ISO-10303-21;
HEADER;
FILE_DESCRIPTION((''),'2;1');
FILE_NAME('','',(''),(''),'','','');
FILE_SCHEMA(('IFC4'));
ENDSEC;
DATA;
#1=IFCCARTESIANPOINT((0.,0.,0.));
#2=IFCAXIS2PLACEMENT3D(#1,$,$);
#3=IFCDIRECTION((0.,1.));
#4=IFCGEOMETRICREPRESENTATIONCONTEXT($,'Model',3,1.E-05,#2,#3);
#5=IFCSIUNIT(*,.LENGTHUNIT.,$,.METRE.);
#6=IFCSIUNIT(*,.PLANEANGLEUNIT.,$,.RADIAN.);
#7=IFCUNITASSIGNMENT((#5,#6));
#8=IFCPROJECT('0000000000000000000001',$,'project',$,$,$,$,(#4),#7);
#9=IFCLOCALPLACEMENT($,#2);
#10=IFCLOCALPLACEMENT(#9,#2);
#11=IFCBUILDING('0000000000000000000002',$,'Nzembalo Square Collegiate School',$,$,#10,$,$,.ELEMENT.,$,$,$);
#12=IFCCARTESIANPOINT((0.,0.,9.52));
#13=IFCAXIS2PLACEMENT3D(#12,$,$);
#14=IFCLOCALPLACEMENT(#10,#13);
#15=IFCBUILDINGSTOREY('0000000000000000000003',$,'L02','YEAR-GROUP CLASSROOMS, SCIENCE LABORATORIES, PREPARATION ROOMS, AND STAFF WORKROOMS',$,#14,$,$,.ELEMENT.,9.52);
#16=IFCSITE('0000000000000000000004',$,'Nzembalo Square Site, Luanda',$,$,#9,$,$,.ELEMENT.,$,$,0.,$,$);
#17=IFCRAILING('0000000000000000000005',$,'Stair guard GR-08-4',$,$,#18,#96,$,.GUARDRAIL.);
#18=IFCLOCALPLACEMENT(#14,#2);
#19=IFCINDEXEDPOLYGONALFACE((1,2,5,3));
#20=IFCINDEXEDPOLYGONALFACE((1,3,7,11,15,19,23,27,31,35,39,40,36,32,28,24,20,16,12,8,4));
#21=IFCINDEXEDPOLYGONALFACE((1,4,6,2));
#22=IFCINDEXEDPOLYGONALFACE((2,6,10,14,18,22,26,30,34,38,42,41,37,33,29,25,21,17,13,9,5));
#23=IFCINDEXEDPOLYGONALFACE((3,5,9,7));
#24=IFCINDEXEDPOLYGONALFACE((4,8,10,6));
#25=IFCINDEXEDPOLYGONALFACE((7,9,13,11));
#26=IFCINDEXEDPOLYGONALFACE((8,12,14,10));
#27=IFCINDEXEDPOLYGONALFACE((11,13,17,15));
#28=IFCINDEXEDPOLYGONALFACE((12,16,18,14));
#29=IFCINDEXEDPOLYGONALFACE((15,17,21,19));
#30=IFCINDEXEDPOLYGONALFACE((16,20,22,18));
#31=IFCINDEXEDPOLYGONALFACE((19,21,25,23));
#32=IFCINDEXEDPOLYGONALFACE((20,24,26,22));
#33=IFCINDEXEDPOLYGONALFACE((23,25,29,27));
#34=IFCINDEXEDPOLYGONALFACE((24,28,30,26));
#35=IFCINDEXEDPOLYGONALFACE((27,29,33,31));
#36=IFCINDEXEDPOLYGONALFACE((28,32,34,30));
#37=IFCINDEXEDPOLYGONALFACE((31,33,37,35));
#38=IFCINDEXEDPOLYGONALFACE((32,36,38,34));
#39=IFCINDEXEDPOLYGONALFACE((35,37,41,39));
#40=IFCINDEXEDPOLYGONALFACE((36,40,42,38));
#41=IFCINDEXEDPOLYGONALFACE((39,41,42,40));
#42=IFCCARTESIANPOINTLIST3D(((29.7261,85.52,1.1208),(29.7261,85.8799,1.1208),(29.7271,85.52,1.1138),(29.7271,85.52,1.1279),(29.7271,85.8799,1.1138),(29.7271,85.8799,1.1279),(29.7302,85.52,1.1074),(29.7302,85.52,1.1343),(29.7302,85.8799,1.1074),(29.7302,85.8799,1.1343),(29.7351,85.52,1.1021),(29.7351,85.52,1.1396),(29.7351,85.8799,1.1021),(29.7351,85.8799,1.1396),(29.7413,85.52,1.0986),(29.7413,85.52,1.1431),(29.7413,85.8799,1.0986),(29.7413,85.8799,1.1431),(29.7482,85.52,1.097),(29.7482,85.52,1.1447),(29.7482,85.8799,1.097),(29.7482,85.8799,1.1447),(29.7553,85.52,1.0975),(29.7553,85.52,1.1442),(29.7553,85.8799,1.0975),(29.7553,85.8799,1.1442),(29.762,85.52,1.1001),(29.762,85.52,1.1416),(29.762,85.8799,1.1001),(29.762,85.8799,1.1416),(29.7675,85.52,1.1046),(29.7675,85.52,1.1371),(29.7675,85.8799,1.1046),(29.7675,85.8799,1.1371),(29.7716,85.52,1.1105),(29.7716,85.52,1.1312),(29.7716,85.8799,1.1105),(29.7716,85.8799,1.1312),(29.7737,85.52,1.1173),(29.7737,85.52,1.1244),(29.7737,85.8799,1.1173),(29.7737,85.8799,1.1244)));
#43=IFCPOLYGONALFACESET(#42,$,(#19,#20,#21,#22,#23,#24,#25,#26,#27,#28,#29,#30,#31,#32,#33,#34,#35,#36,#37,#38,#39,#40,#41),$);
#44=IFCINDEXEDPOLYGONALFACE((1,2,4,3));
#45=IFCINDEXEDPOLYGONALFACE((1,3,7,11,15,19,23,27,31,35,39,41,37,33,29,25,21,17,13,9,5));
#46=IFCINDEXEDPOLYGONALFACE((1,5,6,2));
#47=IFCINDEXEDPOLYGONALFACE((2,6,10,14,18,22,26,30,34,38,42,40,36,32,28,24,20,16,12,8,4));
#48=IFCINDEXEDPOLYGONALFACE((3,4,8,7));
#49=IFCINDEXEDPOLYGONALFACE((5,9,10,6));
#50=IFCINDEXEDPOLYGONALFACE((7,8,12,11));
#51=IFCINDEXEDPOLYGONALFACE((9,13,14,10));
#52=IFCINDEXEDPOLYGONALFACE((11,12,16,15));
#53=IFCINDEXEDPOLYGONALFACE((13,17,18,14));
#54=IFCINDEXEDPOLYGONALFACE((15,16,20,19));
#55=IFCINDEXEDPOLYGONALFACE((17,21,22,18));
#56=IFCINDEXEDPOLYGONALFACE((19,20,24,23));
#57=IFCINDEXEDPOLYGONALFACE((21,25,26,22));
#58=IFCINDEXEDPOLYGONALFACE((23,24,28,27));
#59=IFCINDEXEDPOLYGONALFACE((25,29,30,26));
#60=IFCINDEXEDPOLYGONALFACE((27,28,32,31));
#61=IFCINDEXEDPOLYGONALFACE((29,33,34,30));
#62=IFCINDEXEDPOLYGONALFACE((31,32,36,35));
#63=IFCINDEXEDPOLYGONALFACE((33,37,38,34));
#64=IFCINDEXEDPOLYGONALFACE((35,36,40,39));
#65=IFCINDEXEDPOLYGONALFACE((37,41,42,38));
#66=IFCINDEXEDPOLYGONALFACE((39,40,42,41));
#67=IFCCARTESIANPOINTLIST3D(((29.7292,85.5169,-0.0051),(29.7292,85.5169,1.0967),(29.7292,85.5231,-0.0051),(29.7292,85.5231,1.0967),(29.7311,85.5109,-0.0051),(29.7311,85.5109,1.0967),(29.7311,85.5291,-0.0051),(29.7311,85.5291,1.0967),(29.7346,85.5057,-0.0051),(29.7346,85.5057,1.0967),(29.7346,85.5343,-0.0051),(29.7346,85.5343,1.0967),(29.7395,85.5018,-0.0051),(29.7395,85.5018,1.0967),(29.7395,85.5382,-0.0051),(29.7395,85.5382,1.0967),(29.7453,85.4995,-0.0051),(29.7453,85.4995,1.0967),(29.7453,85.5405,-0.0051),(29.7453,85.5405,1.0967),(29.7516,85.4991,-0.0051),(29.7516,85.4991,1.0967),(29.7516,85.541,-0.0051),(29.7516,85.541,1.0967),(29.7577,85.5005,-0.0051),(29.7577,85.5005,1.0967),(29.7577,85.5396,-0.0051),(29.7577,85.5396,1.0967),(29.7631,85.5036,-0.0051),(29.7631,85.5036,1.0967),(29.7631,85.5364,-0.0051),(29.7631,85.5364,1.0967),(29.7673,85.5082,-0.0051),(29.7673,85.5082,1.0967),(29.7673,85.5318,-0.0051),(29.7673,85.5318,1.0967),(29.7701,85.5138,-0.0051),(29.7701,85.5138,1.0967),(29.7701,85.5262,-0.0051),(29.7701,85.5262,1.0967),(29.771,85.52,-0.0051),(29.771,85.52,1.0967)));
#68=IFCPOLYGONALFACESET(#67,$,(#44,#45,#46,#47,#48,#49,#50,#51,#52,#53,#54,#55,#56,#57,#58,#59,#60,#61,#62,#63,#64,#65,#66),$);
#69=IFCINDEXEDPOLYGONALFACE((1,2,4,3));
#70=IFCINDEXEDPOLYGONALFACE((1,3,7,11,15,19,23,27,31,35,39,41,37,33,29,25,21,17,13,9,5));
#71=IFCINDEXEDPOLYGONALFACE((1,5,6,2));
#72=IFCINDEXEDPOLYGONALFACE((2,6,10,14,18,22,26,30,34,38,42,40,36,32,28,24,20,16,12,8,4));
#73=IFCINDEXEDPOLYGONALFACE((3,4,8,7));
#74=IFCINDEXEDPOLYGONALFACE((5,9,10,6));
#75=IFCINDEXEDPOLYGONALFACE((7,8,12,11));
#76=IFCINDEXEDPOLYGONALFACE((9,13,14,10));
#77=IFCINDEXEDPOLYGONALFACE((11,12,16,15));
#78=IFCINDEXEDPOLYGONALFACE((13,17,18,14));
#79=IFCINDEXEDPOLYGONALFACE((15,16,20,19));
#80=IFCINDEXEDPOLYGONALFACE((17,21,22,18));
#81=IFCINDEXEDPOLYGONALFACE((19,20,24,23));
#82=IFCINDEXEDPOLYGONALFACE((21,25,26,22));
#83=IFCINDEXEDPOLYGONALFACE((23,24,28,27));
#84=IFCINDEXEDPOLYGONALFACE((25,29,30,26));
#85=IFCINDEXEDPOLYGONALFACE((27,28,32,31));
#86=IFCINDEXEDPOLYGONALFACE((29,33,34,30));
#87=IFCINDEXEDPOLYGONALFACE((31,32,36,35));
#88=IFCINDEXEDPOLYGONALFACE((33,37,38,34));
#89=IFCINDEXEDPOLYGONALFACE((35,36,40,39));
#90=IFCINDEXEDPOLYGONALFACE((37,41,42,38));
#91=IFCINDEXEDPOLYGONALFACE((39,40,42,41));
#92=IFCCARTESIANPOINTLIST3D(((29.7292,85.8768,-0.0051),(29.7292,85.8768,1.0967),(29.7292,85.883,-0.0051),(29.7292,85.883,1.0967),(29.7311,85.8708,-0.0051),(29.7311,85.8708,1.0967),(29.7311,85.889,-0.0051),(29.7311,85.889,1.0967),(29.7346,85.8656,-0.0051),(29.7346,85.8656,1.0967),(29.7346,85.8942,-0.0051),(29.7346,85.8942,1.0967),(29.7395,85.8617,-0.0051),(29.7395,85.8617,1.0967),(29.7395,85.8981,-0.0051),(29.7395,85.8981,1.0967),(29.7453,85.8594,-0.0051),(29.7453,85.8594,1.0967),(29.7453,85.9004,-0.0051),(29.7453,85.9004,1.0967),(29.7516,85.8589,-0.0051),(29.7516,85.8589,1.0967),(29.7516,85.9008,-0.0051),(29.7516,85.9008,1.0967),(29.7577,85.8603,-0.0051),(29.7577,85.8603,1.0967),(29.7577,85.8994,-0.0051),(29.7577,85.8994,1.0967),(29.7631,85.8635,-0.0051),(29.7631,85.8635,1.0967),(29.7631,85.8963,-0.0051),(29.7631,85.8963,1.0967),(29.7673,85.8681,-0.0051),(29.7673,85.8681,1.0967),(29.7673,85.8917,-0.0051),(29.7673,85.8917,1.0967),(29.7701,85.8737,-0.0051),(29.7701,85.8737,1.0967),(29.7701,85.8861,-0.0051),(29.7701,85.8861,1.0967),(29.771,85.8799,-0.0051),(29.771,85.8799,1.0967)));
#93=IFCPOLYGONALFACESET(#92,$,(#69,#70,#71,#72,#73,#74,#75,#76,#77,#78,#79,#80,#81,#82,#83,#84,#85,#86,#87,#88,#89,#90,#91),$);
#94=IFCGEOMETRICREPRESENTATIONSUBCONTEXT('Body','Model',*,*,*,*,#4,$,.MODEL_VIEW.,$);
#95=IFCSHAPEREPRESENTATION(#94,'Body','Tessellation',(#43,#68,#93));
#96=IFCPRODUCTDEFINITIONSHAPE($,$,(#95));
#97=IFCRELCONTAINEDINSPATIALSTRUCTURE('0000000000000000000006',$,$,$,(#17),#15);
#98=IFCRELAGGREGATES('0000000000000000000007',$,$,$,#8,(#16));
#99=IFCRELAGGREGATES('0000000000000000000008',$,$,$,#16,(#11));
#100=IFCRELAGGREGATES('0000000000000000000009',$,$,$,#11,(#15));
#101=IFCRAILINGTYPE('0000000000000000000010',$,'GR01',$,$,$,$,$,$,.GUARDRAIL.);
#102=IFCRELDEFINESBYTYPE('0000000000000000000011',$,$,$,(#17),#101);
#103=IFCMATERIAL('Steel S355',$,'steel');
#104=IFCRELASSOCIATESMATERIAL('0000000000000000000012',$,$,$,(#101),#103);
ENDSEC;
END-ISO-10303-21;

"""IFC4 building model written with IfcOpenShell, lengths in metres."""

from ifc_helpers import new_model, si_unit, direction, frame, origin, origin_2d, place, context, subcontext, project, spatial, circle, extrude, material, type_object, element, save


model = new_model("IFC4")

# Units and contexts
model_context = context("Model", 3, precision=1e-05, world=origin(), true_north=direction((0.0, 1.0)))
body_context = subcontext(model_context, "Body", "Model", "MODEL_VIEW")
ifc_project = project(units=[si_unit("LENGTHUNIT", "METRE"), si_unit("PLANEANGLEUNIT", "RADIAN")], contexts=[model_context])

# Site, building, storey
site_placement = place(None, origin())
site = spatial("IfcSite", under=ifc_project, at=site_placement, Name="Nzembalo Square Site, Luanda", CompositionType="ELEMENT", RefElevation=0.0)
building_placement = place(site_placement, origin())
building = spatial("IfcBuilding", under=site, at=building_placement, Name="Nzembalo Square Collegiate School", CompositionType="ELEMENT")
storey_placement = place(building_placement, frame((0.0, 0.0, 9.52)))
storey = spatial("IfcBuildingStorey", under=building, at=storey_placement, Name="L02", Description="YEAR-GROUP CLASSROOMS, SCIENCE LABORATORIES, PREPARATION ROOMS, AND STAFF WORKROOMS", CompositionType="ELEMENT", Elevation=9.52)

# Railing
ifc_material_1 = material(Name="Steel S355", Category="steel")
railing_type_1 = type_object("IfcRailingType", Name="GR01", PredefinedType="GUARDRAIL", material=ifc_material_1)
railing_1_placement = place(storey_placement, frame((29.75, 85.52, -0.0051)))
element("IfcRailing", 1, at=railing_1_placement, inside=storey, type_object=railing_type_1, Name="Stair guard GR-08-4", PredefinedType="GUARDRAIL", context=body_context, shape_type="SweptSolid", body=[
    extrude(circle(Radius=0.0239, at=origin_2d()), frame((0.0, 0.0, 1.126), z_axis=(0.0, 1.0, 0.0), x_axis=(-1.0, 0.0, 0.0)), (0.0, 0.0, 1.0), 0.3599),
    extrude(circle(Radius=0.021, at=origin_2d()), origin(), (0.0, 0.0, 1.0), 1.1018),
    extrude(circle(Radius=0.021, at=origin_2d()), frame((0.0, 0.3599, 0.0)), (0.0, 0.0, 1.0), 1.1018),
])

save(model, "model.ifc")
